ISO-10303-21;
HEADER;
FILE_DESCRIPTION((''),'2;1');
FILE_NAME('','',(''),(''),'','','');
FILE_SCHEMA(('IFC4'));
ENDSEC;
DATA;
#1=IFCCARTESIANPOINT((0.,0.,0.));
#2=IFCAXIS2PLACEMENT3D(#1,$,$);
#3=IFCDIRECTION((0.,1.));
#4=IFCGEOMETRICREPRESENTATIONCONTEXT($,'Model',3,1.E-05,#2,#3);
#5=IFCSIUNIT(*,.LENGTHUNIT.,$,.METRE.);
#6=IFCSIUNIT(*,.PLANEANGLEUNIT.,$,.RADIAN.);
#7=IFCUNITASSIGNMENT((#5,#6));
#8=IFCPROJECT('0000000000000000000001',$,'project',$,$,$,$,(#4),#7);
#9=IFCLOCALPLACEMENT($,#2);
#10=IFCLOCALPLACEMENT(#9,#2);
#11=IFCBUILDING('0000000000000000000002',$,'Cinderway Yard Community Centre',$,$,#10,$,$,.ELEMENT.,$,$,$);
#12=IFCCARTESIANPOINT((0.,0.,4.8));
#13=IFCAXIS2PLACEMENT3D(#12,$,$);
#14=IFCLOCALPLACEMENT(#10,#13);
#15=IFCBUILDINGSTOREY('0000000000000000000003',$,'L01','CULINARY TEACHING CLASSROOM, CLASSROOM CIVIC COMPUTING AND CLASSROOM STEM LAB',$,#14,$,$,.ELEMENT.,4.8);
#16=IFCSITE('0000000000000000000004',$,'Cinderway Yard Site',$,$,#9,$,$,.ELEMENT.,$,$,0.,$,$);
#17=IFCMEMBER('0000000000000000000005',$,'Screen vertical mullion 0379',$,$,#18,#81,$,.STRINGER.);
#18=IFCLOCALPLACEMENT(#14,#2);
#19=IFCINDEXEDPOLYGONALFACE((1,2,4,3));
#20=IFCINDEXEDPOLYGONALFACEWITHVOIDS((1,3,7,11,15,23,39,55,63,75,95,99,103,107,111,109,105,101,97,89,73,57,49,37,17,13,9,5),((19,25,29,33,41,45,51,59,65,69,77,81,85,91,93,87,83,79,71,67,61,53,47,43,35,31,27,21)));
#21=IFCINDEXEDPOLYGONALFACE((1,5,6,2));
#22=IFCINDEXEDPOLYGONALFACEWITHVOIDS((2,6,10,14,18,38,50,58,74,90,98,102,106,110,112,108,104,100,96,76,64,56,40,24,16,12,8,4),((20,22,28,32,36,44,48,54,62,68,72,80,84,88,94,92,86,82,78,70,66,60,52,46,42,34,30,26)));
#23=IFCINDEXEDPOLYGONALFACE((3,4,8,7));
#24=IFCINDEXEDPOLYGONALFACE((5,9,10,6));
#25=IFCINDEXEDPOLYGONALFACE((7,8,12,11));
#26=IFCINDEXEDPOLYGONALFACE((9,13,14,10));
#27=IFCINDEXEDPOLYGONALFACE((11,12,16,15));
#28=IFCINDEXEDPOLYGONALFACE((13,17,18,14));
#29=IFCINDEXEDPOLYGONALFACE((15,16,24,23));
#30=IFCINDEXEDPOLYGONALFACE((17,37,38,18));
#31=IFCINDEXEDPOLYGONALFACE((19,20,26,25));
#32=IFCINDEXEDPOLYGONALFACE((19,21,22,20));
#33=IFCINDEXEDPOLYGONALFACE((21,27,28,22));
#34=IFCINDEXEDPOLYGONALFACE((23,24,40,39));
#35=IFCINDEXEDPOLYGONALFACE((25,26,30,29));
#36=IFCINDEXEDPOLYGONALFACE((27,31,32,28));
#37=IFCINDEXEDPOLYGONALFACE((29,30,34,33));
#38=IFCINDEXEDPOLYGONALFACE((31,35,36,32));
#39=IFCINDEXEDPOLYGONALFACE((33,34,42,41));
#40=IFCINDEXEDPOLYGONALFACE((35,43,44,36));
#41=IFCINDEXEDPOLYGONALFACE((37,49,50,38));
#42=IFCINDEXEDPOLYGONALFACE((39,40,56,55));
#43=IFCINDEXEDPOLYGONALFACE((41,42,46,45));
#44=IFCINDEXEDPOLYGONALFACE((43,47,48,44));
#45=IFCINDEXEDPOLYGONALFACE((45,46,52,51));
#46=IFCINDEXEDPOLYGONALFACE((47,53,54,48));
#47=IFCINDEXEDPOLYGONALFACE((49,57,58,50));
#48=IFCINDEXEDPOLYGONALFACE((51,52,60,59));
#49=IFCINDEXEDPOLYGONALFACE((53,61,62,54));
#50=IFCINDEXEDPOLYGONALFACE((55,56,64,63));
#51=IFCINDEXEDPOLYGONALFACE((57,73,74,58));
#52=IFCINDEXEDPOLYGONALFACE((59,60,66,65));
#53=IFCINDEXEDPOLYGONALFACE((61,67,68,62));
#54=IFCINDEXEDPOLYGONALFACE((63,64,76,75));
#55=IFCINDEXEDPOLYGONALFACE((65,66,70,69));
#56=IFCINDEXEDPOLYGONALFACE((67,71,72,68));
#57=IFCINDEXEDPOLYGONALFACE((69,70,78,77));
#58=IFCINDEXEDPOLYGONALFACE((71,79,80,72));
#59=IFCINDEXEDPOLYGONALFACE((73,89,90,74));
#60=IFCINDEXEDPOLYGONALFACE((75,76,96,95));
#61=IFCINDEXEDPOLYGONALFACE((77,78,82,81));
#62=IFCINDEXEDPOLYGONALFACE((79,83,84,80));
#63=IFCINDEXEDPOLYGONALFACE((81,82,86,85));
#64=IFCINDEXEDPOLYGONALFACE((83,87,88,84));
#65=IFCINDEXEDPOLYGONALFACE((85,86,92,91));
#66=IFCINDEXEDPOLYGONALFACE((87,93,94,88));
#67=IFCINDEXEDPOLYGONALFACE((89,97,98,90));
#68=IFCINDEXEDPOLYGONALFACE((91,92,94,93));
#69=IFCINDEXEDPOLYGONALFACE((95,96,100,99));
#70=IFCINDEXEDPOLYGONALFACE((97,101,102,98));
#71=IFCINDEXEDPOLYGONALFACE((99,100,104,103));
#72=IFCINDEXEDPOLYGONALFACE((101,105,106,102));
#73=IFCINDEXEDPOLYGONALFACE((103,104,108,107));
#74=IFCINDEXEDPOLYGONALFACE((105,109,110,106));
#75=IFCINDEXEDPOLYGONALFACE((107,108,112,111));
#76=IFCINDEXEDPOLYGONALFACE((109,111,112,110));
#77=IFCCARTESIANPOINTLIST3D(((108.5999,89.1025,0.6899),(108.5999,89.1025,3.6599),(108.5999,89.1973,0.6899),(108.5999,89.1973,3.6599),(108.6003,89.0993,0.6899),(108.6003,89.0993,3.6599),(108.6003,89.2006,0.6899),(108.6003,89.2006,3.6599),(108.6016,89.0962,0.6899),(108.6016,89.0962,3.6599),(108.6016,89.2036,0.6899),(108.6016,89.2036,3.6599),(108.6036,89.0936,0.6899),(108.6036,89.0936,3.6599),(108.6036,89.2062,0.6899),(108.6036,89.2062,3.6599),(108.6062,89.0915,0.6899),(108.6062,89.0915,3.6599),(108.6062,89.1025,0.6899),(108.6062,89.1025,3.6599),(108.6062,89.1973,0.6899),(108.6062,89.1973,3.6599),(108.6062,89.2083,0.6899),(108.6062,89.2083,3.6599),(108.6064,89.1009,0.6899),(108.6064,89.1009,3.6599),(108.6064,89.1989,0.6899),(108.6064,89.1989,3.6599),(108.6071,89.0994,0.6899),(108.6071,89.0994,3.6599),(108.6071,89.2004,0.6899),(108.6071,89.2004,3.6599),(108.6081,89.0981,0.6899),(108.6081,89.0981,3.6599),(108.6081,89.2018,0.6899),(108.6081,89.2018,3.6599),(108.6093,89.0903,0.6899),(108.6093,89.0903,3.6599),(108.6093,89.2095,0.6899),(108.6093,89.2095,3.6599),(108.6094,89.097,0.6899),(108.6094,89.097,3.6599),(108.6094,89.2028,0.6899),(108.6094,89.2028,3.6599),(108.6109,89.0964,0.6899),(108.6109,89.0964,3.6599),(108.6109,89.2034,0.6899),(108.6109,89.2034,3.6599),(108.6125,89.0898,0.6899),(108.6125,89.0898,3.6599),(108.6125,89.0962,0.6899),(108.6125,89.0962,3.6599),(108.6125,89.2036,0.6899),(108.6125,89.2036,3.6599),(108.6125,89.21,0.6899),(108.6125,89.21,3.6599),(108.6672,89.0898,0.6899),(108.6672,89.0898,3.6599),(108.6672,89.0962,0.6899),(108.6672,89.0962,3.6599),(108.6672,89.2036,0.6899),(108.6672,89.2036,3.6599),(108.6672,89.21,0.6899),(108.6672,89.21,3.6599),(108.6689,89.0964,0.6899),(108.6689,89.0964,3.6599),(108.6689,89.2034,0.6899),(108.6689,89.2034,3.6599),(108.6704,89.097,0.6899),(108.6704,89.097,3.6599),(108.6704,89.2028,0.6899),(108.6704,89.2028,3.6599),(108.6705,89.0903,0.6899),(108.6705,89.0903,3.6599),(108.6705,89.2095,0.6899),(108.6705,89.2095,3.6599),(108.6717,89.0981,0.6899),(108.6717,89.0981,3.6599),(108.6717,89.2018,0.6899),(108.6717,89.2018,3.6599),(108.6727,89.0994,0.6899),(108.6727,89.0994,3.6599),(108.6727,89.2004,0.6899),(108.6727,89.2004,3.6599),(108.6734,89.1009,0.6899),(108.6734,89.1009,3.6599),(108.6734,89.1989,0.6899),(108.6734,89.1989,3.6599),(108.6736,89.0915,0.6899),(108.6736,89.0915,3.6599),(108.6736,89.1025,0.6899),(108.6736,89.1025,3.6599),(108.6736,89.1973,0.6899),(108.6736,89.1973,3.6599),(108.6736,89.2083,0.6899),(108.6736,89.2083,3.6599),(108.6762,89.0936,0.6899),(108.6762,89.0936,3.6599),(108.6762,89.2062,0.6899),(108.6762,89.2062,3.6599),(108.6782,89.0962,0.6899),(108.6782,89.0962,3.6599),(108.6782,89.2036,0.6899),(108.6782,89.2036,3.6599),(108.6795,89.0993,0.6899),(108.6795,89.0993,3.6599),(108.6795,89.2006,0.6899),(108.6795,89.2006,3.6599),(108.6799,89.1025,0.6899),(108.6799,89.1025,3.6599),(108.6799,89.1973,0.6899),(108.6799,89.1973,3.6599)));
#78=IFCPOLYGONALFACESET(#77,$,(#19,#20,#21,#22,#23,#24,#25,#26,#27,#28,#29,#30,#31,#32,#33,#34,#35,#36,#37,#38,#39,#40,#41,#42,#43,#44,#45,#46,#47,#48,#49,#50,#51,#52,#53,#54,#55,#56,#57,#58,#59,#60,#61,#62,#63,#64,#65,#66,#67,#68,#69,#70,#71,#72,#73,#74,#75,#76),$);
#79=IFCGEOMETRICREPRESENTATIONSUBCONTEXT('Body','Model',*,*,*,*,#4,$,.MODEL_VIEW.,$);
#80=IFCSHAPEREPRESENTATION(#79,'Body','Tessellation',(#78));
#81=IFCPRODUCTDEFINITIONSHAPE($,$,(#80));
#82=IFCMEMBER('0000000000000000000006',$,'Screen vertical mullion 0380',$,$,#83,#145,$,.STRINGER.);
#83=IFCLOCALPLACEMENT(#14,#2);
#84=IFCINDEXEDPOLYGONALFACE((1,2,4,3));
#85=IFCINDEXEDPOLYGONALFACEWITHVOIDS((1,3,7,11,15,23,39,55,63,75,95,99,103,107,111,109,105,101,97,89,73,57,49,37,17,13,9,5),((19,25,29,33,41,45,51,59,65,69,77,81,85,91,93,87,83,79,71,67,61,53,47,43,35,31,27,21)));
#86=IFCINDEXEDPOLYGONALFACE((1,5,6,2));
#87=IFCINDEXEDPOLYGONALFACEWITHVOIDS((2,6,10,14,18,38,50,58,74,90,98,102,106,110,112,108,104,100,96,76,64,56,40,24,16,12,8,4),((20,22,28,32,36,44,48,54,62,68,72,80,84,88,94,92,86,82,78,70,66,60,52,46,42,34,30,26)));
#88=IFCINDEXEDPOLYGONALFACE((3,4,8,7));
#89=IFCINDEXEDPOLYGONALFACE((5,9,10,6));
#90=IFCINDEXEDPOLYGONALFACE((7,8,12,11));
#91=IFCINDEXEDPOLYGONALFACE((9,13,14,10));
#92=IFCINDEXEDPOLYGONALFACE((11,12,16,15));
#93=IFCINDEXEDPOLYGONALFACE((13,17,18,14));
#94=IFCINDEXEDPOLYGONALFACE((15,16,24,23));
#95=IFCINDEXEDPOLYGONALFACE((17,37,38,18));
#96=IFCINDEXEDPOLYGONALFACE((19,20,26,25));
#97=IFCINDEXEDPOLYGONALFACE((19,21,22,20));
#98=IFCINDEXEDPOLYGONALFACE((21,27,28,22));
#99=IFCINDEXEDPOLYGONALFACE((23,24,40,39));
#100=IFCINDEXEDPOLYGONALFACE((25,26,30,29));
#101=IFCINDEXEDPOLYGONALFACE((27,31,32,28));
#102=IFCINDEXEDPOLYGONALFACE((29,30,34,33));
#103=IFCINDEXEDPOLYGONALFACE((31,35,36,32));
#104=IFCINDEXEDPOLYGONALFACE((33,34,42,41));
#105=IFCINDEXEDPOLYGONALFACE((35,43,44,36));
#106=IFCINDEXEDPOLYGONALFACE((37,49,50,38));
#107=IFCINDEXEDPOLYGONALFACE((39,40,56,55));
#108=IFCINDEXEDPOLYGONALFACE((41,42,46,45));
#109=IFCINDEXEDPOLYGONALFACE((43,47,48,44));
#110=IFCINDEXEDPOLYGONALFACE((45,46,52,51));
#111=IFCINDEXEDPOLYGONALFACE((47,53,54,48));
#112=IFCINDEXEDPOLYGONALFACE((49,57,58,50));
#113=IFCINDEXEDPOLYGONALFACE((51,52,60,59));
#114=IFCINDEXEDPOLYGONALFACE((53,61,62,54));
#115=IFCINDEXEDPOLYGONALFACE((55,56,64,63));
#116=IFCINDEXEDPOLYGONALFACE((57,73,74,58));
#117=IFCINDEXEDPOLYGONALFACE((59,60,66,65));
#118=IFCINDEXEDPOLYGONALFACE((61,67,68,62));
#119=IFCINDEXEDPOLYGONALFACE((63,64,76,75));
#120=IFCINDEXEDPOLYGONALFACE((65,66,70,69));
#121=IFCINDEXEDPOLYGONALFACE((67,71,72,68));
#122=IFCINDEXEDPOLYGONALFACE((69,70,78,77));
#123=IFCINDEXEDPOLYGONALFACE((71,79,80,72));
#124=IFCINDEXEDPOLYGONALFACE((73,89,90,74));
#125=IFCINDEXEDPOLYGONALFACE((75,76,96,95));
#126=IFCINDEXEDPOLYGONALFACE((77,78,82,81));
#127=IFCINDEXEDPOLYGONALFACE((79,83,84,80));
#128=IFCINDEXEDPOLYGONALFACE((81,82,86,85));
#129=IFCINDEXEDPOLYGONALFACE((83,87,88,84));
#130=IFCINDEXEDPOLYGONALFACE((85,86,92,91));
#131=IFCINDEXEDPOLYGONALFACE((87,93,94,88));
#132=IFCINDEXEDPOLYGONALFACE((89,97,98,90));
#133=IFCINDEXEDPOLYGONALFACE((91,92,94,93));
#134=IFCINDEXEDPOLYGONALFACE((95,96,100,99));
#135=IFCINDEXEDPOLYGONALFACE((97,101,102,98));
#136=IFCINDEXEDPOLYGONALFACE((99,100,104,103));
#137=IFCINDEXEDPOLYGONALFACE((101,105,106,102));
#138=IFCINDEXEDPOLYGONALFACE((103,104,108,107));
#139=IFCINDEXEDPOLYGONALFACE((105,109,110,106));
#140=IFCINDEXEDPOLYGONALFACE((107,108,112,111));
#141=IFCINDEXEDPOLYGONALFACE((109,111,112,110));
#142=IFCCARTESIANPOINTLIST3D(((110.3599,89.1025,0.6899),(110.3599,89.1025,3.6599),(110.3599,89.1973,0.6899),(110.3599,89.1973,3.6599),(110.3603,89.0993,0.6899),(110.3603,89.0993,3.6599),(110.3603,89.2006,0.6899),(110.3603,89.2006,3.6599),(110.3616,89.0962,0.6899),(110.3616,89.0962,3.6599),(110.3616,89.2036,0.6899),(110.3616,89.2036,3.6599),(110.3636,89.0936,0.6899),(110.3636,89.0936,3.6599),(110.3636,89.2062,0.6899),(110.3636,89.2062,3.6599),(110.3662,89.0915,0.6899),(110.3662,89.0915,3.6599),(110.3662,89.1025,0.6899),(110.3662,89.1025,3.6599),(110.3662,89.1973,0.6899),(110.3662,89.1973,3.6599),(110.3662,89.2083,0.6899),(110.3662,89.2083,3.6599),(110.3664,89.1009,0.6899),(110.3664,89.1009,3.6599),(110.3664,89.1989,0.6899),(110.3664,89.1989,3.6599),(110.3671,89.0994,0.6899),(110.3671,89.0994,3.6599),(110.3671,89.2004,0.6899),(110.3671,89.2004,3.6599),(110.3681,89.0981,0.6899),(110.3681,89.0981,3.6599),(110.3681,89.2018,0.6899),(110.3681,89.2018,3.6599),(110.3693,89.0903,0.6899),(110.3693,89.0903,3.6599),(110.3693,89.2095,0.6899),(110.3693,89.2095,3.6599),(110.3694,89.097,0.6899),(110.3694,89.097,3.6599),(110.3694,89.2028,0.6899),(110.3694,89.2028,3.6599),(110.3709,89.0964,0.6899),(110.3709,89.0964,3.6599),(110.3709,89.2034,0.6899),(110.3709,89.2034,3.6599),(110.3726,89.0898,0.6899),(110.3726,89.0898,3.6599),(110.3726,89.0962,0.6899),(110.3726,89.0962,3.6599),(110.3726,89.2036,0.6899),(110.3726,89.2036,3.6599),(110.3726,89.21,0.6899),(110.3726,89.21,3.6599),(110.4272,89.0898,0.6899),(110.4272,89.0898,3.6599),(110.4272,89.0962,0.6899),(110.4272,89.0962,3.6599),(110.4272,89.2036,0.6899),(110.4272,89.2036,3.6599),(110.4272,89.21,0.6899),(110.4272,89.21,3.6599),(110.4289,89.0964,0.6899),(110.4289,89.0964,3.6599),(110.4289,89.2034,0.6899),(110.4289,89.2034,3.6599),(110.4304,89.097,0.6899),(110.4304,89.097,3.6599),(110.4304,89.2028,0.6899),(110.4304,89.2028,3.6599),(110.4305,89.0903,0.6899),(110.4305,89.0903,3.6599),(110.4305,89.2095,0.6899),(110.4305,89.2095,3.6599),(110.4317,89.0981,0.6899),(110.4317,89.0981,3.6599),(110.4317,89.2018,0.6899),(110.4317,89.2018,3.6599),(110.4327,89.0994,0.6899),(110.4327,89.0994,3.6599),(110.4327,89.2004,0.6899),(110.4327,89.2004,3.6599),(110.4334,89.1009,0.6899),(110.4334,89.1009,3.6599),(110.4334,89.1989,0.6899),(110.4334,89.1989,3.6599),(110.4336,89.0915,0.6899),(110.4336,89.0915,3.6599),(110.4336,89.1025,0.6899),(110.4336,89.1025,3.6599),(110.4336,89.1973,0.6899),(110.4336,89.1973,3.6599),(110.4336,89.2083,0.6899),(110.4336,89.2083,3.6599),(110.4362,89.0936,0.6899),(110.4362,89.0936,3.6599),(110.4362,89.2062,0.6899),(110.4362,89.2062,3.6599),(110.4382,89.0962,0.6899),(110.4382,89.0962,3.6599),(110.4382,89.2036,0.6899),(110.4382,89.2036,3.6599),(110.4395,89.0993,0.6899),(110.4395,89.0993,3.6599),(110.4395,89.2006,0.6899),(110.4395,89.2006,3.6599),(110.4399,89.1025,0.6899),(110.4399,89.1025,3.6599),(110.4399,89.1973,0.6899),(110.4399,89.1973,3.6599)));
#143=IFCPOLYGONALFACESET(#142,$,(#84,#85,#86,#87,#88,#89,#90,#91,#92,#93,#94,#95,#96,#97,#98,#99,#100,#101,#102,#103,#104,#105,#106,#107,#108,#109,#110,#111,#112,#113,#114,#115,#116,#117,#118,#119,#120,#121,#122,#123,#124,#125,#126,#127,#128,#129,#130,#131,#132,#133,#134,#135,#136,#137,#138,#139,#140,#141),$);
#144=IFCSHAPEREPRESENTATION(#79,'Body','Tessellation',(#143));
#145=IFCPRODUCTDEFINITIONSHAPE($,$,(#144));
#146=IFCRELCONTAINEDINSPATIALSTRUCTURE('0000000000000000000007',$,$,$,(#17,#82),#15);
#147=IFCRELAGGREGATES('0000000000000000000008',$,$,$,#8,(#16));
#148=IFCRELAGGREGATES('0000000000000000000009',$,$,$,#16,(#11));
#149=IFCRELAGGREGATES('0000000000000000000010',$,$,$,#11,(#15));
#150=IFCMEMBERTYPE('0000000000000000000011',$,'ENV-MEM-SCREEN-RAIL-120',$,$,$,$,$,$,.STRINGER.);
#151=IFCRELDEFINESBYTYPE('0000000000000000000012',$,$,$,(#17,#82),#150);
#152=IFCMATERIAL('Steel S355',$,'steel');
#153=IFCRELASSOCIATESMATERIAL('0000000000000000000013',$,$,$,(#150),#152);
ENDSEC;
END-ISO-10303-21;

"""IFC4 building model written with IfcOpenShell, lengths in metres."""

from ifc_helpers import new_model, si_unit, direction, frame, origin, origin_2d, place, context, subcontext, project, spatial, hollow_rectangle, extrude, material, material_profile, profile_set, type_object, element, save


model = new_model("IFC4")

# Units and contexts
model_context = context("Model", 3, precision=1e-05, world=origin(), true_north=direction((0.0, 1.0)))
body_context = subcontext(model_context, "Body", "Model", "MODEL_VIEW")
ifc_project = project(units=[si_unit("LENGTHUNIT", "METRE"), si_unit("PLANEANGLEUNIT", "RADIAN")], contexts=[model_context])

# Site, building, storey
site_placement = place(None, origin())
site = spatial("IfcSite", under=ifc_project, at=site_placement, Name="Cinderway Yard Site", CompositionType="ELEMENT", RefElevation=0.0)
building_placement = place(site_placement, origin())
building = spatial("IfcBuilding", under=site, at=building_placement, Name="Cinderway Yard Community Centre", CompositionType="ELEMENT")
storey_placement = place(building_placement, frame((0.0, 0.0, 4.8)))
storey = spatial("IfcBuildingStorey", under=building, at=storey_placement, Name="L01", Description="CULINARY TEACHING CLASSROOM, CLASSROOM CIVIC COMPUTING AND CLASSROOM STEM LAB", CompositionType="ELEMENT", Elevation=4.8)

# Members
ifc_material_1 = material(Name="Steel S355", Category="steel")
ifc_material_profile_1 = material_profile(ifc_material_1, hollow_rectangle(XDim=0.0801, YDim=0.1201, WallThickness=0.0063, InnerFilletRadius=0.0063, OuterFilletRadius=0.0127, at=origin_2d()), Name="Steel S355")
ifc_profile_set_1 = profile_set([ifc_material_profile_1], Name="Steel S355")
member_type_1 = type_object("IfcMemberType", Name="ENV-MEM-SCREEN-RAIL-120", PredefinedType="STRINGER", material=ifc_profile_set_1)
for number, where, z_axis, x_axis, name in (
    (1, (108.6399, 89.1499, 0.6899), (0.0, 0.0, 1.0), (1.0, 0.0, 0.0), "Screen vertical mullion 0379"),
    (2, (110.3999, 89.1499, 0.6899), (0.0, 0.0, 1.0), (1.0, 0.0, 0.0), "Screen vertical mullion 0380"),
):
    element("IfcMember", number, at=place(storey_placement, frame(where, z_axis=z_axis, x_axis=x_axis)), inside=storey, type_object=member_type_1, Name=name, PredefinedType="STRINGER", context=body_context, shape_type="SweptSolid", body=[
        extrude(hollow_rectangle(XDim=0.0801, YDim=0.1201, WallThickness=0.0063, InnerFilletRadius=0.0063, OuterFilletRadius=0.0127, at=origin_2d()), origin(), (0.0, 0.0, 1.0), 2.97),
    ])

save(model, "model.ifc")
